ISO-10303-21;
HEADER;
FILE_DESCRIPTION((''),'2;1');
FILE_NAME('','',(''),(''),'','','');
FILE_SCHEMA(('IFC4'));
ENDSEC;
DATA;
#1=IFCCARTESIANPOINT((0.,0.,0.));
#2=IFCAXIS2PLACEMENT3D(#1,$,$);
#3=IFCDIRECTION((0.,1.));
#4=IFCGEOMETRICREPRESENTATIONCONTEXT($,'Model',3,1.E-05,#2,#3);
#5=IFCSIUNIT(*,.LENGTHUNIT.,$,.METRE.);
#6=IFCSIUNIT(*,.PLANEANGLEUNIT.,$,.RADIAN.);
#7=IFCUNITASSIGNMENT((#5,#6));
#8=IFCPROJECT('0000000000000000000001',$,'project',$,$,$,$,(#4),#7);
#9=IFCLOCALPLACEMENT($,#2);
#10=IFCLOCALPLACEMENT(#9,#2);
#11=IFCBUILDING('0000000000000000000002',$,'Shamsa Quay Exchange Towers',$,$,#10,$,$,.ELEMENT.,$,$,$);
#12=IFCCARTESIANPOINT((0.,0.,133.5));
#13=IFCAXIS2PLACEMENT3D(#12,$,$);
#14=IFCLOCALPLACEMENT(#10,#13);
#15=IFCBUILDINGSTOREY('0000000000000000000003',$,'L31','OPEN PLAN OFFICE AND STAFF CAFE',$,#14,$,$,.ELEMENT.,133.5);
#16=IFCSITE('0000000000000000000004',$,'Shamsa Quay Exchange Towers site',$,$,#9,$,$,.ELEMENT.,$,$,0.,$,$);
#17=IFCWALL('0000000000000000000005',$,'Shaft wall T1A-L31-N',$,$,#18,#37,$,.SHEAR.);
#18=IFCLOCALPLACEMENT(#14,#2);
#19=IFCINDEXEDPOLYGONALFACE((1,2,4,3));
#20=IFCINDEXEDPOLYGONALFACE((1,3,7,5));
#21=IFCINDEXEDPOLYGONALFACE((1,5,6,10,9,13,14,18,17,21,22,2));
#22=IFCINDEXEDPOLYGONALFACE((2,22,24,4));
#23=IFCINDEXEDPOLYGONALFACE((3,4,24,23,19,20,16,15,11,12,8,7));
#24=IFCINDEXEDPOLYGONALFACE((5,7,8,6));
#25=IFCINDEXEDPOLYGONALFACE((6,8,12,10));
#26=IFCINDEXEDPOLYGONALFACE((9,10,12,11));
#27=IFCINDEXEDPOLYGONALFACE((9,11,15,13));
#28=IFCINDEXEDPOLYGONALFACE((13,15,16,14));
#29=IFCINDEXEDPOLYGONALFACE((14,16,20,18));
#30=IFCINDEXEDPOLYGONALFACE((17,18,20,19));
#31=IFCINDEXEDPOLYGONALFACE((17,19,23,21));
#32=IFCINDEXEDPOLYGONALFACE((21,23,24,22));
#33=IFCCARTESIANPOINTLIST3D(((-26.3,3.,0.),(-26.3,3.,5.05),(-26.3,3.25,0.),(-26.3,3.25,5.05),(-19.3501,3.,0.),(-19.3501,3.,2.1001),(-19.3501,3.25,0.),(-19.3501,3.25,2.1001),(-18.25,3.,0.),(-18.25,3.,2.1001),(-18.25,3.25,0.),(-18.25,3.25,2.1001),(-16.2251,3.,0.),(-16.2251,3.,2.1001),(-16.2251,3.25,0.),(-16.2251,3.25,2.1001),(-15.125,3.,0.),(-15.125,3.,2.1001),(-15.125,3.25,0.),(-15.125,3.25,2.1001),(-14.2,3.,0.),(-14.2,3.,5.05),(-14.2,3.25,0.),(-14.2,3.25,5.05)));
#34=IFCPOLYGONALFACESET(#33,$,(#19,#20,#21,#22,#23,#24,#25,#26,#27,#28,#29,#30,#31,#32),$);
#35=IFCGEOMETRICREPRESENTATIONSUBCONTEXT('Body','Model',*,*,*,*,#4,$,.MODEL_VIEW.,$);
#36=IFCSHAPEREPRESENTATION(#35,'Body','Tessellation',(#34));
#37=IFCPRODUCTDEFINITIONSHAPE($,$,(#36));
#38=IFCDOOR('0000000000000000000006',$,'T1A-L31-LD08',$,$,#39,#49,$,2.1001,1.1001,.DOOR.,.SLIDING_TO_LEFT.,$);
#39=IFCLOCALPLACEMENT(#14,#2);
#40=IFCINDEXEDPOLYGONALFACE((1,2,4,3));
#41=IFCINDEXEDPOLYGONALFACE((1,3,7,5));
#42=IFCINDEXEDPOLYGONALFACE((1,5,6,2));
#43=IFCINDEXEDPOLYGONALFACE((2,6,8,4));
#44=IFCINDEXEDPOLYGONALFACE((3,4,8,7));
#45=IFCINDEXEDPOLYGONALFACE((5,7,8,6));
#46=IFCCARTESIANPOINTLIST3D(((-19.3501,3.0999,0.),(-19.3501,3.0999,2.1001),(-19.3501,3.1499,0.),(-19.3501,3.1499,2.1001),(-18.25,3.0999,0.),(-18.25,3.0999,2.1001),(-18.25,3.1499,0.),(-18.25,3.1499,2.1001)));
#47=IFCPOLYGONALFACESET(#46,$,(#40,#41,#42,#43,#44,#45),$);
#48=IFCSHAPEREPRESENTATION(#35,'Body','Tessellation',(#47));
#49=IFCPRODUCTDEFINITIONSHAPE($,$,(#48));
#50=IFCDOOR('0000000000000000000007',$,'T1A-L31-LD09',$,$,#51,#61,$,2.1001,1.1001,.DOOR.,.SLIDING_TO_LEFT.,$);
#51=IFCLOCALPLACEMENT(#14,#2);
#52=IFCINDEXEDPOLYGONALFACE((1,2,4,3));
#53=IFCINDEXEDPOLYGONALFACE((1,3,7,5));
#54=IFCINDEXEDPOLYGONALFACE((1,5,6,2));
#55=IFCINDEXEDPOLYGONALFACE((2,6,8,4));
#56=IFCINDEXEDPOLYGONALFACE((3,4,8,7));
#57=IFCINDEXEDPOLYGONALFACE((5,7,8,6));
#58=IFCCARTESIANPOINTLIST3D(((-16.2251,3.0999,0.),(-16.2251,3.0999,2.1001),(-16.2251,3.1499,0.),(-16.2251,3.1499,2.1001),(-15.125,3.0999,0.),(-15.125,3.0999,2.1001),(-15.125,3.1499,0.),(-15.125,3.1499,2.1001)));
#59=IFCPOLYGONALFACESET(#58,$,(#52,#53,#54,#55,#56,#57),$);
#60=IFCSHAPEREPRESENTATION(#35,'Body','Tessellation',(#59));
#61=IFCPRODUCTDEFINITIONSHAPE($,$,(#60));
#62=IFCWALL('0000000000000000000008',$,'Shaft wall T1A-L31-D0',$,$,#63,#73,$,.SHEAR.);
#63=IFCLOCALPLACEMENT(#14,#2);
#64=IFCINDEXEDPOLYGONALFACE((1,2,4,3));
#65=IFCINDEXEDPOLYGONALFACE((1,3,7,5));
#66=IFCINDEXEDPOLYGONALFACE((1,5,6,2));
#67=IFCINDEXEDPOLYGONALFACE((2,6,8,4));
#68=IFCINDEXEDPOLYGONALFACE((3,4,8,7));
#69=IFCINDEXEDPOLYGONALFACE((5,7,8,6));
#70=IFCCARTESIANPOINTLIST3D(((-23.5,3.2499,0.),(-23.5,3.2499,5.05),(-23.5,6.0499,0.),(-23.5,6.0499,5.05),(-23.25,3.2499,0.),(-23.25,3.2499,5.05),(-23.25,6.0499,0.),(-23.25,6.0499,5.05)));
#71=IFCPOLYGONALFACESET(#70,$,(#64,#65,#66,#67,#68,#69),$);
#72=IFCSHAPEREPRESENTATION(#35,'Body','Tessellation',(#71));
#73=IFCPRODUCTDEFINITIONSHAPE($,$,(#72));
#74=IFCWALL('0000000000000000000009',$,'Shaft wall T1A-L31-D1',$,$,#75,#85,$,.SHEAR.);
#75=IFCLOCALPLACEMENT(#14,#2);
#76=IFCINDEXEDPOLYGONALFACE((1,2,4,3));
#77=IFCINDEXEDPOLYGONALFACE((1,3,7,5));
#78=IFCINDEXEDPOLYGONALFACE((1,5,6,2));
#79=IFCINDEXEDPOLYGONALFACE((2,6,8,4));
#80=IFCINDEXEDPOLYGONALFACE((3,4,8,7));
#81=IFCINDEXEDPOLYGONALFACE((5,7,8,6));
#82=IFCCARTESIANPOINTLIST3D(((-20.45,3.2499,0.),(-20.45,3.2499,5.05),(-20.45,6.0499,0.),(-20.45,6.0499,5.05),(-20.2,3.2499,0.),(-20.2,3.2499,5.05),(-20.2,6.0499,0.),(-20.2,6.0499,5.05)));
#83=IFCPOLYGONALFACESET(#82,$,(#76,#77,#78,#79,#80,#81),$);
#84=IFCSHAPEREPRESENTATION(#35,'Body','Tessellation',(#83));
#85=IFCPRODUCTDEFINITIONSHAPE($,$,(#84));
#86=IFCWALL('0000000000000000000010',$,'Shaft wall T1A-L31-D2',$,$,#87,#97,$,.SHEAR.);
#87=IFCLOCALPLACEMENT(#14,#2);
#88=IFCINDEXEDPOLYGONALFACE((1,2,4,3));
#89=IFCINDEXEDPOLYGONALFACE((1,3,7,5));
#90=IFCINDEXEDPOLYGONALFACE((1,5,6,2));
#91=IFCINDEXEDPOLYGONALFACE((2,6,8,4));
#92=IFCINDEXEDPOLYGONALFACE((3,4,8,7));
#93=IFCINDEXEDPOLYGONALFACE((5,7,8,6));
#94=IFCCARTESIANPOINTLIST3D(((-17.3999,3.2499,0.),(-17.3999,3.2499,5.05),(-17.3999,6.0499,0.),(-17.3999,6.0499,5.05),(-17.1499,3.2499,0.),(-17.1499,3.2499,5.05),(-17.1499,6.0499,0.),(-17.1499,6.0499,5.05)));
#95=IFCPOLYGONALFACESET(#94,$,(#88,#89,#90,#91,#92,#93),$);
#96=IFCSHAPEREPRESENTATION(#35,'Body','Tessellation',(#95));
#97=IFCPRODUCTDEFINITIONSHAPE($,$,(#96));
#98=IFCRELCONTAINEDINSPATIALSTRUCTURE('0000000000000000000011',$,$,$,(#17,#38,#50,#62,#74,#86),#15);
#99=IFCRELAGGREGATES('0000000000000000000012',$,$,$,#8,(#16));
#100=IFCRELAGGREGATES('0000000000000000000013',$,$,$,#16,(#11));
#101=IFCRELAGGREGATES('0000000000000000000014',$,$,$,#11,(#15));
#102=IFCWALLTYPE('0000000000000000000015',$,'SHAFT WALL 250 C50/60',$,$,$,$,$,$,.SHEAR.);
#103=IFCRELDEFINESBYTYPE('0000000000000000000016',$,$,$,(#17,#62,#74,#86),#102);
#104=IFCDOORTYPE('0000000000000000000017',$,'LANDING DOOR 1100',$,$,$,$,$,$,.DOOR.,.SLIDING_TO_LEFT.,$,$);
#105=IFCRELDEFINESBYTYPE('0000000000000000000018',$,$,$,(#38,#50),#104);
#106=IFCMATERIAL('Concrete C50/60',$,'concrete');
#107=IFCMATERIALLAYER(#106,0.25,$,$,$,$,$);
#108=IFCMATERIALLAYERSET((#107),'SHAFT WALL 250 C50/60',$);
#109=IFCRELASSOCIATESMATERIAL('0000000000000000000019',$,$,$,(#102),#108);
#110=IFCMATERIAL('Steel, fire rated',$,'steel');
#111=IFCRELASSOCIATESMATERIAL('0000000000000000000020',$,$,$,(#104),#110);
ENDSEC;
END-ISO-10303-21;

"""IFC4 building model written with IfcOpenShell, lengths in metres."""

from ifc_helpers import new_model, si_unit, direction, frame, frame_2d, origin, place, context, subcontext, project, spatial, rectangle, extrude, material, layer, layer_set, type_object, element, fill, save


model = new_model("IFC4")

# Units and contexts
model_context = context("Model", 3, precision=1e-05, world=origin(), true_north=direction((0.0, 1.0)))
body_context = subcontext(model_context, "Body", "Model", "MODEL_VIEW")
ifc_project = project(units=[si_unit("LENGTHUNIT", "METRE"), si_unit("PLANEANGLEUNIT", "RADIAN")], contexts=[model_context])

# Site, building, storey
site_placement = place(None, origin())
site = spatial("IfcSite", under=ifc_project, at=site_placement, Name="Shamsa Quay Exchange Towers site", CompositionType="ELEMENT", RefElevation=0.0)
building_placement = place(site_placement, origin())
building = spatial("IfcBuilding", under=site, at=building_placement, Name="Shamsa Quay Exchange Towers", CompositionType="ELEMENT")
storey_placement = place(building_placement, frame((0.0, 0.0, 133.5)))
storey = spatial("IfcBuildingStorey", under=building, at=storey_placement, Name="L31", Description="OPEN PLAN OFFICE AND STAFF CAFE", CompositionType="ELEMENT", Elevation=133.5)

# Shared definitions
ifc_material_1 = material(Name="Steel, fire rated", Category="steel")

# Wall, openings, doors
ifc_material_2 = material(Name="Concrete C50/60", Category="concrete")
ifc_layer_1 = layer(ifc_material_2, 0.25)
ifc_layer_set_1 = layer_set([ifc_layer_1], Name="SHAFT WALL 250 C50/60")
wall_type_1 = type_object("IfcWallType", Name="SHAFT WALL 250 C50/60", PredefinedType="SHEAR", material=ifc_layer_set_1)
wall_1_placement = place(storey_placement, frame((-26.3, 3.125, 0.0)))
wall_1 = element("IfcWall", 1, at=wall_1_placement, inside=storey, type_object=wall_type_1, Name="Shaft wall T1A-L31-N", PredefinedType="SHEAR", context=body_context, shape_type="SweptSolid", body=[
    extrude(rectangle(XDim=12.1001, YDim=0.25, at=frame_2d((6.05, 0.0))), origin(), (0.0, 0.0, 1.0), 5.05),
])
opening_1_placement = place(wall_1_placement, frame((6.95, 0.0, 0.0)))
opening_1 = element("IfcOpeningElement", 2, at=opening_1_placement, cuts=wall_1, PredefinedType="OPENING", context=body_context, shape_type="SweptSolid", body=[
    extrude(rectangle(XDim=1.1001, YDim=2.1001, at=frame_2d((0.55, 1.05))), frame((0.0, 0.135, 0.0), z_axis=(0.0, -1.0, 0.0), x_axis=(1.0, 0.0, 0.0)), (0.0, 0.0, 1.0), 0.27),
])
opening_2_placement = place(wall_1_placement, frame((10.075, 0.0, 0.0)))
opening_2 = element("IfcOpeningElement", 3, at=opening_2_placement, cuts=wall_1, PredefinedType="OPENING", context=body_context, shape_type="SweptSolid", body=[
    extrude(rectangle(XDim=1.1001, YDim=2.1001, at=frame_2d((0.55, 1.05))), frame((0.0, 0.135, 0.0), z_axis=(0.0, -1.0, 0.0), x_axis=(1.0, 0.0, 0.0)), (0.0, 0.0, 1.0), 0.27),
])
door_type_1 = type_object("IfcDoorType", Name="LANDING DOOR 1100", OperationType="SLIDING_TO_LEFT", PredefinedType="DOOR", material=ifc_material_1)
door_1_placement = place(opening_1_placement, origin())
door_1 = element("IfcDoor", 4, at=door_1_placement, inside=storey, type_object=door_type_1, Name="T1A-L31-LD08", OperationType="SLIDING_TO_LEFT", OverallHeight=2.1001, OverallWidth=1.1001, PredefinedType="DOOR", context=body_context, shape_type="SweptSolid", body=[
    extrude(rectangle(XDim=1.1001, YDim=2.1001, at=frame_2d((0.55, 1.05))), frame((0.0, 0.0249, 0.0), z_axis=(0.0, -1.0, 0.0), x_axis=(1.0, 0.0, 0.0)), (0.0, 0.0, 1.0), 0.05),
])
fill(opening_1, door_1)
door_2_placement = place(opening_2_placement, origin())
door_2 = element("IfcDoor", 5, at=door_2_placement, inside=storey, type_object=door_type_1, Name="T1A-L31-LD09", OperationType="SLIDING_TO_LEFT", OverallHeight=2.1001, OverallWidth=1.1001, PredefinedType="DOOR", context=body_context, shape_type="SweptSolid", body=[
    extrude(rectangle(XDim=1.1001, YDim=2.1001, at=frame_2d((0.55, 1.05))), frame((0.0, 0.0249, 0.0), z_axis=(0.0, -1.0, 0.0), x_axis=(1.0, 0.0, 0.0)), (0.0, 0.0, 1.0), 0.05),
])
fill(opening_2, door_2)

# Walls
for number, where, z_axis, x_axis, name in (
    (6, (-23.375, 3.25, 0.0), (0.0, 0.0, 1.0), (0.0, 1.0, 0.0), "Shaft wall T1A-L31-D0"),
    (7, (-20.325, 3.25, 0.0), (0.0, 0.0, 1.0), (0.0, 1.0, 0.0), "Shaft wall T1A-L31-D1"),
    (8, (-17.2749, 3.25, 0.0), (0.0, 0.0, 1.0), (0.0, 1.0, 0.0), "Shaft wall T1A-L31-D2"),
):
    element("IfcWall", number, at=place(storey_placement, frame(where, z_axis=z_axis, x_axis=x_axis)), inside=storey, type_object=wall_type_1, Name=name, PredefinedType="SHEAR", context=body_context, shape_type="SweptSolid", body=[
        extrude(rectangle(XDim=2.8, YDim=0.25, at=frame_2d((1.3999, 0.0))), origin(), (0.0, 0.0, 1.0), 5.05),
    ])

save(model, "model.ifc")
